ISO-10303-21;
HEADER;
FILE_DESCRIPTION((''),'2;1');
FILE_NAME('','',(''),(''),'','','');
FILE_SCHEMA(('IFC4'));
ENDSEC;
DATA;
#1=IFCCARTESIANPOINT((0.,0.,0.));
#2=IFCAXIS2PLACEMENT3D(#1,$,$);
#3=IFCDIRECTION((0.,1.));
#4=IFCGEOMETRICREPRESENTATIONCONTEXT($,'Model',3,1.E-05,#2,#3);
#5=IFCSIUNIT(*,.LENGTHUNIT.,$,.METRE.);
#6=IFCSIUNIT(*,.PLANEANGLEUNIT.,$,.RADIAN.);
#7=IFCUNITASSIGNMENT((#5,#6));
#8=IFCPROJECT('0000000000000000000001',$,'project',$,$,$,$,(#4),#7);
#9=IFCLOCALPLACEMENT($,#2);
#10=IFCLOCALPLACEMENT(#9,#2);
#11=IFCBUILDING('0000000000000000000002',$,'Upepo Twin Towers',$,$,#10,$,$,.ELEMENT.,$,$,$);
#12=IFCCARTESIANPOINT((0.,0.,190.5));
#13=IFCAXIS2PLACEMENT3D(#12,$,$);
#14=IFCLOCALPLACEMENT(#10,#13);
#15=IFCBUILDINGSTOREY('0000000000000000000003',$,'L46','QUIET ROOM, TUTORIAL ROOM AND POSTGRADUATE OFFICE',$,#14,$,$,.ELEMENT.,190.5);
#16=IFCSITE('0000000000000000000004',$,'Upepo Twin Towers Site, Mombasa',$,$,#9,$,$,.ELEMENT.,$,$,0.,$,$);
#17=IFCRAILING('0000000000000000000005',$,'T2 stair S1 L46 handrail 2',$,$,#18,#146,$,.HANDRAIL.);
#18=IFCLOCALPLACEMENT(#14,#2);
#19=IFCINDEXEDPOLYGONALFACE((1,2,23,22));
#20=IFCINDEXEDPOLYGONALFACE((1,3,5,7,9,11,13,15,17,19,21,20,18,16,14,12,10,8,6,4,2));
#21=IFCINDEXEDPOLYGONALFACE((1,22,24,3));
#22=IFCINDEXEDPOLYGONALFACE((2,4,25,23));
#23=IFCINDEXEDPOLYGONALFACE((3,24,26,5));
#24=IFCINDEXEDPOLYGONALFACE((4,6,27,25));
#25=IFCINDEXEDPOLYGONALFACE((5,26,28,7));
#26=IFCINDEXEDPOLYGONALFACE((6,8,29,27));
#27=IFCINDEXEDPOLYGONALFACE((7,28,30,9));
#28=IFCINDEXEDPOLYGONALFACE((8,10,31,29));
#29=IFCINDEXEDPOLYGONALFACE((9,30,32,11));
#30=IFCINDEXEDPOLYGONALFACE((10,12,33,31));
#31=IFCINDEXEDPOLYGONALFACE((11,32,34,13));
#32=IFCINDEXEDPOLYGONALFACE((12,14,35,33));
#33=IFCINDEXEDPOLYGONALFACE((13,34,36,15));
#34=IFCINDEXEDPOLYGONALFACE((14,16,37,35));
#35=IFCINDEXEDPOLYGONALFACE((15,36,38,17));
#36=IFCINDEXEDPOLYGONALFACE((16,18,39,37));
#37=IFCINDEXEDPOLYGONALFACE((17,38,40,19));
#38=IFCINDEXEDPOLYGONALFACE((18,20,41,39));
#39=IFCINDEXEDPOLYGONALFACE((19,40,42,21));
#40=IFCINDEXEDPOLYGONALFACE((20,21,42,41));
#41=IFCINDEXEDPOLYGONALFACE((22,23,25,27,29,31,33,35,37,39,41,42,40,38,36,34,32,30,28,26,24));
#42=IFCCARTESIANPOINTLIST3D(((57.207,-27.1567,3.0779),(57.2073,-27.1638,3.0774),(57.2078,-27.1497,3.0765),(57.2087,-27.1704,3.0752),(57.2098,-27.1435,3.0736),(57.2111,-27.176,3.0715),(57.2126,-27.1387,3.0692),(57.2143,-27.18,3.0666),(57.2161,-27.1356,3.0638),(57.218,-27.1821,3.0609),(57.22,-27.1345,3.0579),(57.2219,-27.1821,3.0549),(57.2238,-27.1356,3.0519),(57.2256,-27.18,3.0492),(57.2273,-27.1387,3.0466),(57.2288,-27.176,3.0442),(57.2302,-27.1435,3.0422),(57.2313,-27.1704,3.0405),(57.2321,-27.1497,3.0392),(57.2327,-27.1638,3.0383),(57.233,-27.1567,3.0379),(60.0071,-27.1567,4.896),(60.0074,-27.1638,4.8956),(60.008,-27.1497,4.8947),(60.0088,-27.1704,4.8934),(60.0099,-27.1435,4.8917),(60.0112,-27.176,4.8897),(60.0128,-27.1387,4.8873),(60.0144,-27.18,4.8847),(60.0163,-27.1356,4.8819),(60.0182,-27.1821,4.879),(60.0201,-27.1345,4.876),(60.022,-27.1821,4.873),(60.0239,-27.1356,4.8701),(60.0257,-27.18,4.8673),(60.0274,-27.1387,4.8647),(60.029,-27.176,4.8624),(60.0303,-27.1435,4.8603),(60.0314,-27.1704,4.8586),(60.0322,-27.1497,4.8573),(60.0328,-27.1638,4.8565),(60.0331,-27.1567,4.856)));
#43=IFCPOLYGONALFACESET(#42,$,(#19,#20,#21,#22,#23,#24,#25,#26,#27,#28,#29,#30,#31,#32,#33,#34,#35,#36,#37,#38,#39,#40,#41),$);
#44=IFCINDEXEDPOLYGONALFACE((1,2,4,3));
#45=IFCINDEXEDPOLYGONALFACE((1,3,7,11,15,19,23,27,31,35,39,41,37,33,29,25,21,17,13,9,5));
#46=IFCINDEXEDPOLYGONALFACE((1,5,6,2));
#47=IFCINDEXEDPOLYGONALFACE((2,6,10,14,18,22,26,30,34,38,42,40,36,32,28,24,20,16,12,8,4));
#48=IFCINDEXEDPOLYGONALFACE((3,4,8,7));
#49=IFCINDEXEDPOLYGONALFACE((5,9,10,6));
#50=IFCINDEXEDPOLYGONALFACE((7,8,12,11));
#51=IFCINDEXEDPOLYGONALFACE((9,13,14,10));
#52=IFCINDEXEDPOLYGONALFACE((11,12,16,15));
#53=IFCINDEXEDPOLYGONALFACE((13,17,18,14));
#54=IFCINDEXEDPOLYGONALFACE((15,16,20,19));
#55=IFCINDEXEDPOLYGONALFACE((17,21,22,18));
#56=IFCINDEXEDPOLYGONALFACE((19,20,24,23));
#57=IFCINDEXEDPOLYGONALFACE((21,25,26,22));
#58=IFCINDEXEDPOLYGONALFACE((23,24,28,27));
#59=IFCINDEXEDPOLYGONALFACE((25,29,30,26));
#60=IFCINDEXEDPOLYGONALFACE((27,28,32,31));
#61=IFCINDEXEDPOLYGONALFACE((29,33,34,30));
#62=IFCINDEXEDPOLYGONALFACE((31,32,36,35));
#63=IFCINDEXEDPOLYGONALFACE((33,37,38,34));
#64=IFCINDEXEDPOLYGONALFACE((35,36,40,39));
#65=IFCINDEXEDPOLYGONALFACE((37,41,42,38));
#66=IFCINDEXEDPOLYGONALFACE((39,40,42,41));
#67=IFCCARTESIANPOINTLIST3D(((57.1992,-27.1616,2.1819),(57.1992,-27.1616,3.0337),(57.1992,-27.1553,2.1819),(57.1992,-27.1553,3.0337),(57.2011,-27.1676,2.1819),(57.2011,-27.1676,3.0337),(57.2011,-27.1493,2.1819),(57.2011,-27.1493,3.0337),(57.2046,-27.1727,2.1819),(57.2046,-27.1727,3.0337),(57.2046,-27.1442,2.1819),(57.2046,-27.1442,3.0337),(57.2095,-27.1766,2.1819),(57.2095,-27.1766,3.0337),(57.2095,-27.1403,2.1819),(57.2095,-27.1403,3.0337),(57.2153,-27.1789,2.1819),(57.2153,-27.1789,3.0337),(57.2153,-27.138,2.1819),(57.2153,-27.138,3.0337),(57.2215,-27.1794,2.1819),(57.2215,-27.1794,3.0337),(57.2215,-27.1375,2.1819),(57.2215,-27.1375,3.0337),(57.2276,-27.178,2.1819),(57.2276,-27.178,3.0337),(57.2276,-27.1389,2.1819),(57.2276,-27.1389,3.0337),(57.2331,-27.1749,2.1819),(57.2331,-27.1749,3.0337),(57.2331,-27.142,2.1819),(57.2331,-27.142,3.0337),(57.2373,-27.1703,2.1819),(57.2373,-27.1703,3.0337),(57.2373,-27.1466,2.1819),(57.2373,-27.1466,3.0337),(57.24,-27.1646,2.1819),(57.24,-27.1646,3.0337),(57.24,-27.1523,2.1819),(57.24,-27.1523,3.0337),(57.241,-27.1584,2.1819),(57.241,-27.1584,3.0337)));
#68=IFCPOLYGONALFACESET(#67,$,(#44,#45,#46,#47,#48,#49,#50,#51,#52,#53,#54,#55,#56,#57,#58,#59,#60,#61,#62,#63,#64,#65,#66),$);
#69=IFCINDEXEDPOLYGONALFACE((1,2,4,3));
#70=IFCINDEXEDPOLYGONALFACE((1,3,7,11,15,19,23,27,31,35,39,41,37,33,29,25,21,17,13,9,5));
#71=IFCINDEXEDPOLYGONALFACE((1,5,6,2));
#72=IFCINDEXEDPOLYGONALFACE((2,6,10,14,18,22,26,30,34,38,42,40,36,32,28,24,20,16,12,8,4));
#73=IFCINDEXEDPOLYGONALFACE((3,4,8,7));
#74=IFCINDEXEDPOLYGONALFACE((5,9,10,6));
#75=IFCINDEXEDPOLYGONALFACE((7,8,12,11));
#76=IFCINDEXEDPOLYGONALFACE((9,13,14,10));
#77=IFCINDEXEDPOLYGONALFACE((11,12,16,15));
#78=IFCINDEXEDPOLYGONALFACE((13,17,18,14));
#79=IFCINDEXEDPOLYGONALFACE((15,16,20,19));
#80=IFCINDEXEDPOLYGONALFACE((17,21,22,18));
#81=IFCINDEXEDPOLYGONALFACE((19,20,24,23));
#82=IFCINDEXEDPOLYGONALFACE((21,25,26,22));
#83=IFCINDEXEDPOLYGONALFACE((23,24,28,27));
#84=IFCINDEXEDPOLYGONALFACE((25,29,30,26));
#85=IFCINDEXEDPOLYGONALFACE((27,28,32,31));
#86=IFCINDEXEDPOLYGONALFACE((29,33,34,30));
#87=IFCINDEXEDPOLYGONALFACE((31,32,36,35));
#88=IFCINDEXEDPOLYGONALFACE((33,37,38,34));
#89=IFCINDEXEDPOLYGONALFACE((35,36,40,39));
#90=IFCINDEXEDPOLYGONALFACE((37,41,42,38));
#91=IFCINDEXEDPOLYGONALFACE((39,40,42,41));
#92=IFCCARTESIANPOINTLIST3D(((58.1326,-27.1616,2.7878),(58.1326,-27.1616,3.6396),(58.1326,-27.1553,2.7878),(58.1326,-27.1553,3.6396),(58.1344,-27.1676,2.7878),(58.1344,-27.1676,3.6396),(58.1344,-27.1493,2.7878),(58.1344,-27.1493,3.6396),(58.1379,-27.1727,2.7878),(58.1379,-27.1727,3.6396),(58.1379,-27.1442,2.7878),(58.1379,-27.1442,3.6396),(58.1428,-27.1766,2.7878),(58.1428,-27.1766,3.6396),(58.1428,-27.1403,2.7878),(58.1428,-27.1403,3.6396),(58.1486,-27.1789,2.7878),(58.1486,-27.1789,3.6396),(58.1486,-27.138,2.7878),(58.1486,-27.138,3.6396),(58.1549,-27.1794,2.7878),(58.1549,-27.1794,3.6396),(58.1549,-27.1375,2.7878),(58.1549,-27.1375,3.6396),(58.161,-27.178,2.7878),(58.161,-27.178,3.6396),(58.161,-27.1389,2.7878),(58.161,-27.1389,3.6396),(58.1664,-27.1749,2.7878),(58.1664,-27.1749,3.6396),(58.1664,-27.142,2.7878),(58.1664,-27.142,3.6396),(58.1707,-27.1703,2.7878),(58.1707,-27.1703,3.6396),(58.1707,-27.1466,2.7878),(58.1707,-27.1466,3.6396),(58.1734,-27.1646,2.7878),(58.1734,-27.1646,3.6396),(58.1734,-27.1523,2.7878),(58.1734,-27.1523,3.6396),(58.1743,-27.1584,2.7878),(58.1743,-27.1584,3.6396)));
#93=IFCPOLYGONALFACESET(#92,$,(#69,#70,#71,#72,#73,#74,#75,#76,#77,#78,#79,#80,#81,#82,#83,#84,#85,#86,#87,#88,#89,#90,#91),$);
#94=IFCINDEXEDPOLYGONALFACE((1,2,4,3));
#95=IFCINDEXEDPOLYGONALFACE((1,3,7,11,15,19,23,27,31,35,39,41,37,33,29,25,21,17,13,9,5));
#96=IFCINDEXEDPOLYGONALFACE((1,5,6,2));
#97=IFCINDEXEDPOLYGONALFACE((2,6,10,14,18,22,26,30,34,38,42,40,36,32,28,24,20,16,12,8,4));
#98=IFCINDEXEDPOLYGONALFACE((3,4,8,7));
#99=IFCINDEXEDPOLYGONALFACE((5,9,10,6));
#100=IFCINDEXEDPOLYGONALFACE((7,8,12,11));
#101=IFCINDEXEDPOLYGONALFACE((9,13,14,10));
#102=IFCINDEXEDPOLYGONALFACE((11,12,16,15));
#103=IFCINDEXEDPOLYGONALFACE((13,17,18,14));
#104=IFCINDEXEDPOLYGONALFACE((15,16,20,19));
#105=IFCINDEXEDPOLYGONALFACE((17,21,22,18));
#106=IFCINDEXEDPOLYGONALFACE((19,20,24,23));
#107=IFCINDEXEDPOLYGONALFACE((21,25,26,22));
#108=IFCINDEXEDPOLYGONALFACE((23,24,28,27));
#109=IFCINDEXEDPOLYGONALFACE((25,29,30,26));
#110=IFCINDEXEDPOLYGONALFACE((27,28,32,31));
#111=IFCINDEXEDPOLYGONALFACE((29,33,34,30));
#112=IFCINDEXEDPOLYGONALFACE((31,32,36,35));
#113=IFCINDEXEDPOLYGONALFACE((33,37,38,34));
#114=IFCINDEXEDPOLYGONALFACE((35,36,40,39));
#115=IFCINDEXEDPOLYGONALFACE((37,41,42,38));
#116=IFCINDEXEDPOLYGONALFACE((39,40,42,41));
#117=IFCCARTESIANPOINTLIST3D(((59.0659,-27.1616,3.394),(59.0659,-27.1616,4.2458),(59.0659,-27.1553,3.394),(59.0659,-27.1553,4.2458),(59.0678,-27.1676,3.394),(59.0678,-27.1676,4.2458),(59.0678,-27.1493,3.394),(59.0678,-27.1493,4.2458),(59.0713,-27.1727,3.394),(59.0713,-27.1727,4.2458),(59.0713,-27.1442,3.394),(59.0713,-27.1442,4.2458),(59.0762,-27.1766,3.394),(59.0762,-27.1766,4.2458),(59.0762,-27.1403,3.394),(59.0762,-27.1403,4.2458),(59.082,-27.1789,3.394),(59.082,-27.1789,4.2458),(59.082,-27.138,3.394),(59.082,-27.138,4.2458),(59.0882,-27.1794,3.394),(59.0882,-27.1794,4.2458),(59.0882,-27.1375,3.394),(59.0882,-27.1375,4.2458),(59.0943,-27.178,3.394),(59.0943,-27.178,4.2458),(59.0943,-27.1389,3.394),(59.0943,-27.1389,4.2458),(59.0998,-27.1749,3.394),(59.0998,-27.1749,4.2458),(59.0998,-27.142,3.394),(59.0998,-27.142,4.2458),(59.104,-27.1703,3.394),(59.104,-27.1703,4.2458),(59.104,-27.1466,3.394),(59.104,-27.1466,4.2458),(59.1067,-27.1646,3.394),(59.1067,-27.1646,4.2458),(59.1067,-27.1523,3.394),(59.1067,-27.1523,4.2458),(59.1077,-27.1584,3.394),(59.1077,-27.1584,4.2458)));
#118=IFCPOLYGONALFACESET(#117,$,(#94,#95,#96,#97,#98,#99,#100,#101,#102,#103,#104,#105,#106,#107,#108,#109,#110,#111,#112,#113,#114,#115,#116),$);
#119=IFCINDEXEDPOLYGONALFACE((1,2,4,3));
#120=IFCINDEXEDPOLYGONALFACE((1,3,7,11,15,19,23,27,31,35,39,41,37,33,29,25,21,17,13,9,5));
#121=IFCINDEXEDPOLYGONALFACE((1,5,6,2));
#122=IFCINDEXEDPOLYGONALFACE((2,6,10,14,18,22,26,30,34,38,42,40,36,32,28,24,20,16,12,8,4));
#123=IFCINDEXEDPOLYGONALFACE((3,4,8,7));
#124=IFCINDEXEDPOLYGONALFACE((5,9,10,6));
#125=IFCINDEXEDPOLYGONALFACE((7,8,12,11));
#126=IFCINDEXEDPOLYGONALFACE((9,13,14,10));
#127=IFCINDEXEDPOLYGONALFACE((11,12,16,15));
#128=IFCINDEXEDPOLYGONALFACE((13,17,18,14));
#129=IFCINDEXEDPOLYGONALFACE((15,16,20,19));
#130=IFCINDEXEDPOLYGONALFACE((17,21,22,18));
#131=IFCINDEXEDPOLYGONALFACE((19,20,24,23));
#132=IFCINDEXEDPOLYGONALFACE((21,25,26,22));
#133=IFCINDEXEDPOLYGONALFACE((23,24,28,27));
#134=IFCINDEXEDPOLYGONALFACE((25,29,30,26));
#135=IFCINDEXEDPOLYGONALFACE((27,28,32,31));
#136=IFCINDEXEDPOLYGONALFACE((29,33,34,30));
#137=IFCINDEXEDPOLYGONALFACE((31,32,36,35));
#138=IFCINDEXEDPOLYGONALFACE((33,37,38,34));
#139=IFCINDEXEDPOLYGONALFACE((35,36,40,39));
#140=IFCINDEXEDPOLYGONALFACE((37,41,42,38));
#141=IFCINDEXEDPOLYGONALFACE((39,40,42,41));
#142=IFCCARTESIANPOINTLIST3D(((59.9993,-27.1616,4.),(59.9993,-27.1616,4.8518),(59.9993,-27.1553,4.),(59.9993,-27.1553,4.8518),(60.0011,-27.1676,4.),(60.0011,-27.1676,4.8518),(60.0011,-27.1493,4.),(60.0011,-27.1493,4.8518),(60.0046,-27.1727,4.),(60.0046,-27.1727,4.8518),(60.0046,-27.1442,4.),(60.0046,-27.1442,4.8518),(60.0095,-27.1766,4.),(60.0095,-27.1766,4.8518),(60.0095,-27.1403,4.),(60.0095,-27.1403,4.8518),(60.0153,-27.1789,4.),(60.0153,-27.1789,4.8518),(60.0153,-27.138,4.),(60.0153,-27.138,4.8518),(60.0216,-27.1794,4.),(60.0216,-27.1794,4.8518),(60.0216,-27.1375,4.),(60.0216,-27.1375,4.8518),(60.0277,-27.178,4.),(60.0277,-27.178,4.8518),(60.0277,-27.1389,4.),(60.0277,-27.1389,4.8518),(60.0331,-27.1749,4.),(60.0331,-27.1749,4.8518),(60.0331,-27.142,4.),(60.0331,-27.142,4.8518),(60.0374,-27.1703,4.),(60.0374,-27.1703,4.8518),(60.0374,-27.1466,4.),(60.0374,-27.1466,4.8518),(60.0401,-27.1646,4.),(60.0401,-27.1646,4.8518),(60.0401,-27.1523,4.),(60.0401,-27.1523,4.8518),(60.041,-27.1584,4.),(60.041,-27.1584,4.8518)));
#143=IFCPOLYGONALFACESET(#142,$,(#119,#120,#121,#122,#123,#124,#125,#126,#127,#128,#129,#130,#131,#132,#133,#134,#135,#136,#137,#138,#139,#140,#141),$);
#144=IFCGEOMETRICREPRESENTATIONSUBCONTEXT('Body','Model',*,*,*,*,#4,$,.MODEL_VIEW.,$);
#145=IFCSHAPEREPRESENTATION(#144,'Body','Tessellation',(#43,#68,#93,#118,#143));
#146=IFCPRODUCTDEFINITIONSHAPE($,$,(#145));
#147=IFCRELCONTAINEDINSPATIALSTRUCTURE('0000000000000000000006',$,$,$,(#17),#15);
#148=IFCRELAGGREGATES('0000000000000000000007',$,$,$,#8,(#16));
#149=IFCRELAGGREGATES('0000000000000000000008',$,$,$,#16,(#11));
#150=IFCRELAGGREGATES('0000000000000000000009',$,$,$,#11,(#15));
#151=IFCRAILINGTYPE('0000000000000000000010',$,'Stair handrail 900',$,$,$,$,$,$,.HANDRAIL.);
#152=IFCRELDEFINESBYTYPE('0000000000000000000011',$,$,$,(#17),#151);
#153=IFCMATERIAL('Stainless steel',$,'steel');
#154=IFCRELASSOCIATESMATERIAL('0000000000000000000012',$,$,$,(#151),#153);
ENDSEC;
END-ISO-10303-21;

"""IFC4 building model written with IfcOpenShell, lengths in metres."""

from ifc_helpers import new_model, si_unit, direction, frame, origin, origin_2d, place, context, subcontext, project, spatial, circle, extrude, material, type_object, element, save


model = new_model("IFC4")

# Units and contexts
model_context = context("Model", 3, precision=1e-05, world=origin(), true_north=direction((0.0, 1.0)))
body_context = subcontext(model_context, "Body", "Model", "MODEL_VIEW")
ifc_project = project(units=[si_unit("LENGTHUNIT", "METRE"), si_unit("PLANEANGLEUNIT", "RADIAN")], contexts=[model_context])

# Site, building, storey
site_placement = place(None, origin())
site = spatial("IfcSite", under=ifc_project, at=site_placement, Name="Upepo Twin Towers Site, Mombasa", CompositionType="ELEMENT", RefElevation=0.0)
building_placement = place(site_placement, origin())
building = spatial("IfcBuilding", under=site, at=building_placement, Name="Upepo Twin Towers", CompositionType="ELEMENT")
storey_placement = place(building_placement, frame((0.0, 0.0, 190.5)))
storey = spatial("IfcBuildingStorey", under=building, at=storey_placement, Name="L46", Description="QUIET ROOM, TUTORIAL ROOM AND POSTGRADUATE OFFICE", CompositionType="ELEMENT", Elevation=190.5)

# Railing
ifc_material_1 = material(Name="Stainless steel", Category="steel")
railing_type = type_object("IfcRailingType", Name="Stair handrail 900", PredefinedType="HANDRAIL", material=ifc_material_1)
railing_1_placement = place(storey_placement, frame((57.22, -27.1584, 2.1819)))
element("IfcRailing", 1, at=railing_1_placement, inside=storey, type_object=railing_type, Name="T2 stair S1 L46 handrail 2", PredefinedType="HANDRAIL", context=body_context, shape_type="SweptSolid", body=[
    extrude(circle(Radius=0.0239, at=origin_2d()), frame((0.0, 0.0, 0.876), z_axis=(0.838706, 0.0, 0.544585), x_axis=(0.0, 1.0, 0.0)), (0.0, 0.0, 1.0), 3.3386),
    extrude(circle(Radius=0.021, at=origin_2d()), origin(), (0.0, 0.0, 1.0), 0.8518),
    extrude(circle(Radius=0.021, at=origin_2d()), frame((0.9333, 0.0, 0.606)), (0.0, 0.0, 1.0), 0.8518),
    extrude(circle(Radius=0.021, at=origin_2d()), frame((1.8667, 0.0, 1.2122)), (0.0, 0.0, 1.0), 0.8518),
    extrude(circle(Radius=0.021, at=origin_2d()), frame((2.8, 0.0, 1.8181)), (0.0, 0.0, 1.0), 0.8518),
])

save(model, "model.ifc")
